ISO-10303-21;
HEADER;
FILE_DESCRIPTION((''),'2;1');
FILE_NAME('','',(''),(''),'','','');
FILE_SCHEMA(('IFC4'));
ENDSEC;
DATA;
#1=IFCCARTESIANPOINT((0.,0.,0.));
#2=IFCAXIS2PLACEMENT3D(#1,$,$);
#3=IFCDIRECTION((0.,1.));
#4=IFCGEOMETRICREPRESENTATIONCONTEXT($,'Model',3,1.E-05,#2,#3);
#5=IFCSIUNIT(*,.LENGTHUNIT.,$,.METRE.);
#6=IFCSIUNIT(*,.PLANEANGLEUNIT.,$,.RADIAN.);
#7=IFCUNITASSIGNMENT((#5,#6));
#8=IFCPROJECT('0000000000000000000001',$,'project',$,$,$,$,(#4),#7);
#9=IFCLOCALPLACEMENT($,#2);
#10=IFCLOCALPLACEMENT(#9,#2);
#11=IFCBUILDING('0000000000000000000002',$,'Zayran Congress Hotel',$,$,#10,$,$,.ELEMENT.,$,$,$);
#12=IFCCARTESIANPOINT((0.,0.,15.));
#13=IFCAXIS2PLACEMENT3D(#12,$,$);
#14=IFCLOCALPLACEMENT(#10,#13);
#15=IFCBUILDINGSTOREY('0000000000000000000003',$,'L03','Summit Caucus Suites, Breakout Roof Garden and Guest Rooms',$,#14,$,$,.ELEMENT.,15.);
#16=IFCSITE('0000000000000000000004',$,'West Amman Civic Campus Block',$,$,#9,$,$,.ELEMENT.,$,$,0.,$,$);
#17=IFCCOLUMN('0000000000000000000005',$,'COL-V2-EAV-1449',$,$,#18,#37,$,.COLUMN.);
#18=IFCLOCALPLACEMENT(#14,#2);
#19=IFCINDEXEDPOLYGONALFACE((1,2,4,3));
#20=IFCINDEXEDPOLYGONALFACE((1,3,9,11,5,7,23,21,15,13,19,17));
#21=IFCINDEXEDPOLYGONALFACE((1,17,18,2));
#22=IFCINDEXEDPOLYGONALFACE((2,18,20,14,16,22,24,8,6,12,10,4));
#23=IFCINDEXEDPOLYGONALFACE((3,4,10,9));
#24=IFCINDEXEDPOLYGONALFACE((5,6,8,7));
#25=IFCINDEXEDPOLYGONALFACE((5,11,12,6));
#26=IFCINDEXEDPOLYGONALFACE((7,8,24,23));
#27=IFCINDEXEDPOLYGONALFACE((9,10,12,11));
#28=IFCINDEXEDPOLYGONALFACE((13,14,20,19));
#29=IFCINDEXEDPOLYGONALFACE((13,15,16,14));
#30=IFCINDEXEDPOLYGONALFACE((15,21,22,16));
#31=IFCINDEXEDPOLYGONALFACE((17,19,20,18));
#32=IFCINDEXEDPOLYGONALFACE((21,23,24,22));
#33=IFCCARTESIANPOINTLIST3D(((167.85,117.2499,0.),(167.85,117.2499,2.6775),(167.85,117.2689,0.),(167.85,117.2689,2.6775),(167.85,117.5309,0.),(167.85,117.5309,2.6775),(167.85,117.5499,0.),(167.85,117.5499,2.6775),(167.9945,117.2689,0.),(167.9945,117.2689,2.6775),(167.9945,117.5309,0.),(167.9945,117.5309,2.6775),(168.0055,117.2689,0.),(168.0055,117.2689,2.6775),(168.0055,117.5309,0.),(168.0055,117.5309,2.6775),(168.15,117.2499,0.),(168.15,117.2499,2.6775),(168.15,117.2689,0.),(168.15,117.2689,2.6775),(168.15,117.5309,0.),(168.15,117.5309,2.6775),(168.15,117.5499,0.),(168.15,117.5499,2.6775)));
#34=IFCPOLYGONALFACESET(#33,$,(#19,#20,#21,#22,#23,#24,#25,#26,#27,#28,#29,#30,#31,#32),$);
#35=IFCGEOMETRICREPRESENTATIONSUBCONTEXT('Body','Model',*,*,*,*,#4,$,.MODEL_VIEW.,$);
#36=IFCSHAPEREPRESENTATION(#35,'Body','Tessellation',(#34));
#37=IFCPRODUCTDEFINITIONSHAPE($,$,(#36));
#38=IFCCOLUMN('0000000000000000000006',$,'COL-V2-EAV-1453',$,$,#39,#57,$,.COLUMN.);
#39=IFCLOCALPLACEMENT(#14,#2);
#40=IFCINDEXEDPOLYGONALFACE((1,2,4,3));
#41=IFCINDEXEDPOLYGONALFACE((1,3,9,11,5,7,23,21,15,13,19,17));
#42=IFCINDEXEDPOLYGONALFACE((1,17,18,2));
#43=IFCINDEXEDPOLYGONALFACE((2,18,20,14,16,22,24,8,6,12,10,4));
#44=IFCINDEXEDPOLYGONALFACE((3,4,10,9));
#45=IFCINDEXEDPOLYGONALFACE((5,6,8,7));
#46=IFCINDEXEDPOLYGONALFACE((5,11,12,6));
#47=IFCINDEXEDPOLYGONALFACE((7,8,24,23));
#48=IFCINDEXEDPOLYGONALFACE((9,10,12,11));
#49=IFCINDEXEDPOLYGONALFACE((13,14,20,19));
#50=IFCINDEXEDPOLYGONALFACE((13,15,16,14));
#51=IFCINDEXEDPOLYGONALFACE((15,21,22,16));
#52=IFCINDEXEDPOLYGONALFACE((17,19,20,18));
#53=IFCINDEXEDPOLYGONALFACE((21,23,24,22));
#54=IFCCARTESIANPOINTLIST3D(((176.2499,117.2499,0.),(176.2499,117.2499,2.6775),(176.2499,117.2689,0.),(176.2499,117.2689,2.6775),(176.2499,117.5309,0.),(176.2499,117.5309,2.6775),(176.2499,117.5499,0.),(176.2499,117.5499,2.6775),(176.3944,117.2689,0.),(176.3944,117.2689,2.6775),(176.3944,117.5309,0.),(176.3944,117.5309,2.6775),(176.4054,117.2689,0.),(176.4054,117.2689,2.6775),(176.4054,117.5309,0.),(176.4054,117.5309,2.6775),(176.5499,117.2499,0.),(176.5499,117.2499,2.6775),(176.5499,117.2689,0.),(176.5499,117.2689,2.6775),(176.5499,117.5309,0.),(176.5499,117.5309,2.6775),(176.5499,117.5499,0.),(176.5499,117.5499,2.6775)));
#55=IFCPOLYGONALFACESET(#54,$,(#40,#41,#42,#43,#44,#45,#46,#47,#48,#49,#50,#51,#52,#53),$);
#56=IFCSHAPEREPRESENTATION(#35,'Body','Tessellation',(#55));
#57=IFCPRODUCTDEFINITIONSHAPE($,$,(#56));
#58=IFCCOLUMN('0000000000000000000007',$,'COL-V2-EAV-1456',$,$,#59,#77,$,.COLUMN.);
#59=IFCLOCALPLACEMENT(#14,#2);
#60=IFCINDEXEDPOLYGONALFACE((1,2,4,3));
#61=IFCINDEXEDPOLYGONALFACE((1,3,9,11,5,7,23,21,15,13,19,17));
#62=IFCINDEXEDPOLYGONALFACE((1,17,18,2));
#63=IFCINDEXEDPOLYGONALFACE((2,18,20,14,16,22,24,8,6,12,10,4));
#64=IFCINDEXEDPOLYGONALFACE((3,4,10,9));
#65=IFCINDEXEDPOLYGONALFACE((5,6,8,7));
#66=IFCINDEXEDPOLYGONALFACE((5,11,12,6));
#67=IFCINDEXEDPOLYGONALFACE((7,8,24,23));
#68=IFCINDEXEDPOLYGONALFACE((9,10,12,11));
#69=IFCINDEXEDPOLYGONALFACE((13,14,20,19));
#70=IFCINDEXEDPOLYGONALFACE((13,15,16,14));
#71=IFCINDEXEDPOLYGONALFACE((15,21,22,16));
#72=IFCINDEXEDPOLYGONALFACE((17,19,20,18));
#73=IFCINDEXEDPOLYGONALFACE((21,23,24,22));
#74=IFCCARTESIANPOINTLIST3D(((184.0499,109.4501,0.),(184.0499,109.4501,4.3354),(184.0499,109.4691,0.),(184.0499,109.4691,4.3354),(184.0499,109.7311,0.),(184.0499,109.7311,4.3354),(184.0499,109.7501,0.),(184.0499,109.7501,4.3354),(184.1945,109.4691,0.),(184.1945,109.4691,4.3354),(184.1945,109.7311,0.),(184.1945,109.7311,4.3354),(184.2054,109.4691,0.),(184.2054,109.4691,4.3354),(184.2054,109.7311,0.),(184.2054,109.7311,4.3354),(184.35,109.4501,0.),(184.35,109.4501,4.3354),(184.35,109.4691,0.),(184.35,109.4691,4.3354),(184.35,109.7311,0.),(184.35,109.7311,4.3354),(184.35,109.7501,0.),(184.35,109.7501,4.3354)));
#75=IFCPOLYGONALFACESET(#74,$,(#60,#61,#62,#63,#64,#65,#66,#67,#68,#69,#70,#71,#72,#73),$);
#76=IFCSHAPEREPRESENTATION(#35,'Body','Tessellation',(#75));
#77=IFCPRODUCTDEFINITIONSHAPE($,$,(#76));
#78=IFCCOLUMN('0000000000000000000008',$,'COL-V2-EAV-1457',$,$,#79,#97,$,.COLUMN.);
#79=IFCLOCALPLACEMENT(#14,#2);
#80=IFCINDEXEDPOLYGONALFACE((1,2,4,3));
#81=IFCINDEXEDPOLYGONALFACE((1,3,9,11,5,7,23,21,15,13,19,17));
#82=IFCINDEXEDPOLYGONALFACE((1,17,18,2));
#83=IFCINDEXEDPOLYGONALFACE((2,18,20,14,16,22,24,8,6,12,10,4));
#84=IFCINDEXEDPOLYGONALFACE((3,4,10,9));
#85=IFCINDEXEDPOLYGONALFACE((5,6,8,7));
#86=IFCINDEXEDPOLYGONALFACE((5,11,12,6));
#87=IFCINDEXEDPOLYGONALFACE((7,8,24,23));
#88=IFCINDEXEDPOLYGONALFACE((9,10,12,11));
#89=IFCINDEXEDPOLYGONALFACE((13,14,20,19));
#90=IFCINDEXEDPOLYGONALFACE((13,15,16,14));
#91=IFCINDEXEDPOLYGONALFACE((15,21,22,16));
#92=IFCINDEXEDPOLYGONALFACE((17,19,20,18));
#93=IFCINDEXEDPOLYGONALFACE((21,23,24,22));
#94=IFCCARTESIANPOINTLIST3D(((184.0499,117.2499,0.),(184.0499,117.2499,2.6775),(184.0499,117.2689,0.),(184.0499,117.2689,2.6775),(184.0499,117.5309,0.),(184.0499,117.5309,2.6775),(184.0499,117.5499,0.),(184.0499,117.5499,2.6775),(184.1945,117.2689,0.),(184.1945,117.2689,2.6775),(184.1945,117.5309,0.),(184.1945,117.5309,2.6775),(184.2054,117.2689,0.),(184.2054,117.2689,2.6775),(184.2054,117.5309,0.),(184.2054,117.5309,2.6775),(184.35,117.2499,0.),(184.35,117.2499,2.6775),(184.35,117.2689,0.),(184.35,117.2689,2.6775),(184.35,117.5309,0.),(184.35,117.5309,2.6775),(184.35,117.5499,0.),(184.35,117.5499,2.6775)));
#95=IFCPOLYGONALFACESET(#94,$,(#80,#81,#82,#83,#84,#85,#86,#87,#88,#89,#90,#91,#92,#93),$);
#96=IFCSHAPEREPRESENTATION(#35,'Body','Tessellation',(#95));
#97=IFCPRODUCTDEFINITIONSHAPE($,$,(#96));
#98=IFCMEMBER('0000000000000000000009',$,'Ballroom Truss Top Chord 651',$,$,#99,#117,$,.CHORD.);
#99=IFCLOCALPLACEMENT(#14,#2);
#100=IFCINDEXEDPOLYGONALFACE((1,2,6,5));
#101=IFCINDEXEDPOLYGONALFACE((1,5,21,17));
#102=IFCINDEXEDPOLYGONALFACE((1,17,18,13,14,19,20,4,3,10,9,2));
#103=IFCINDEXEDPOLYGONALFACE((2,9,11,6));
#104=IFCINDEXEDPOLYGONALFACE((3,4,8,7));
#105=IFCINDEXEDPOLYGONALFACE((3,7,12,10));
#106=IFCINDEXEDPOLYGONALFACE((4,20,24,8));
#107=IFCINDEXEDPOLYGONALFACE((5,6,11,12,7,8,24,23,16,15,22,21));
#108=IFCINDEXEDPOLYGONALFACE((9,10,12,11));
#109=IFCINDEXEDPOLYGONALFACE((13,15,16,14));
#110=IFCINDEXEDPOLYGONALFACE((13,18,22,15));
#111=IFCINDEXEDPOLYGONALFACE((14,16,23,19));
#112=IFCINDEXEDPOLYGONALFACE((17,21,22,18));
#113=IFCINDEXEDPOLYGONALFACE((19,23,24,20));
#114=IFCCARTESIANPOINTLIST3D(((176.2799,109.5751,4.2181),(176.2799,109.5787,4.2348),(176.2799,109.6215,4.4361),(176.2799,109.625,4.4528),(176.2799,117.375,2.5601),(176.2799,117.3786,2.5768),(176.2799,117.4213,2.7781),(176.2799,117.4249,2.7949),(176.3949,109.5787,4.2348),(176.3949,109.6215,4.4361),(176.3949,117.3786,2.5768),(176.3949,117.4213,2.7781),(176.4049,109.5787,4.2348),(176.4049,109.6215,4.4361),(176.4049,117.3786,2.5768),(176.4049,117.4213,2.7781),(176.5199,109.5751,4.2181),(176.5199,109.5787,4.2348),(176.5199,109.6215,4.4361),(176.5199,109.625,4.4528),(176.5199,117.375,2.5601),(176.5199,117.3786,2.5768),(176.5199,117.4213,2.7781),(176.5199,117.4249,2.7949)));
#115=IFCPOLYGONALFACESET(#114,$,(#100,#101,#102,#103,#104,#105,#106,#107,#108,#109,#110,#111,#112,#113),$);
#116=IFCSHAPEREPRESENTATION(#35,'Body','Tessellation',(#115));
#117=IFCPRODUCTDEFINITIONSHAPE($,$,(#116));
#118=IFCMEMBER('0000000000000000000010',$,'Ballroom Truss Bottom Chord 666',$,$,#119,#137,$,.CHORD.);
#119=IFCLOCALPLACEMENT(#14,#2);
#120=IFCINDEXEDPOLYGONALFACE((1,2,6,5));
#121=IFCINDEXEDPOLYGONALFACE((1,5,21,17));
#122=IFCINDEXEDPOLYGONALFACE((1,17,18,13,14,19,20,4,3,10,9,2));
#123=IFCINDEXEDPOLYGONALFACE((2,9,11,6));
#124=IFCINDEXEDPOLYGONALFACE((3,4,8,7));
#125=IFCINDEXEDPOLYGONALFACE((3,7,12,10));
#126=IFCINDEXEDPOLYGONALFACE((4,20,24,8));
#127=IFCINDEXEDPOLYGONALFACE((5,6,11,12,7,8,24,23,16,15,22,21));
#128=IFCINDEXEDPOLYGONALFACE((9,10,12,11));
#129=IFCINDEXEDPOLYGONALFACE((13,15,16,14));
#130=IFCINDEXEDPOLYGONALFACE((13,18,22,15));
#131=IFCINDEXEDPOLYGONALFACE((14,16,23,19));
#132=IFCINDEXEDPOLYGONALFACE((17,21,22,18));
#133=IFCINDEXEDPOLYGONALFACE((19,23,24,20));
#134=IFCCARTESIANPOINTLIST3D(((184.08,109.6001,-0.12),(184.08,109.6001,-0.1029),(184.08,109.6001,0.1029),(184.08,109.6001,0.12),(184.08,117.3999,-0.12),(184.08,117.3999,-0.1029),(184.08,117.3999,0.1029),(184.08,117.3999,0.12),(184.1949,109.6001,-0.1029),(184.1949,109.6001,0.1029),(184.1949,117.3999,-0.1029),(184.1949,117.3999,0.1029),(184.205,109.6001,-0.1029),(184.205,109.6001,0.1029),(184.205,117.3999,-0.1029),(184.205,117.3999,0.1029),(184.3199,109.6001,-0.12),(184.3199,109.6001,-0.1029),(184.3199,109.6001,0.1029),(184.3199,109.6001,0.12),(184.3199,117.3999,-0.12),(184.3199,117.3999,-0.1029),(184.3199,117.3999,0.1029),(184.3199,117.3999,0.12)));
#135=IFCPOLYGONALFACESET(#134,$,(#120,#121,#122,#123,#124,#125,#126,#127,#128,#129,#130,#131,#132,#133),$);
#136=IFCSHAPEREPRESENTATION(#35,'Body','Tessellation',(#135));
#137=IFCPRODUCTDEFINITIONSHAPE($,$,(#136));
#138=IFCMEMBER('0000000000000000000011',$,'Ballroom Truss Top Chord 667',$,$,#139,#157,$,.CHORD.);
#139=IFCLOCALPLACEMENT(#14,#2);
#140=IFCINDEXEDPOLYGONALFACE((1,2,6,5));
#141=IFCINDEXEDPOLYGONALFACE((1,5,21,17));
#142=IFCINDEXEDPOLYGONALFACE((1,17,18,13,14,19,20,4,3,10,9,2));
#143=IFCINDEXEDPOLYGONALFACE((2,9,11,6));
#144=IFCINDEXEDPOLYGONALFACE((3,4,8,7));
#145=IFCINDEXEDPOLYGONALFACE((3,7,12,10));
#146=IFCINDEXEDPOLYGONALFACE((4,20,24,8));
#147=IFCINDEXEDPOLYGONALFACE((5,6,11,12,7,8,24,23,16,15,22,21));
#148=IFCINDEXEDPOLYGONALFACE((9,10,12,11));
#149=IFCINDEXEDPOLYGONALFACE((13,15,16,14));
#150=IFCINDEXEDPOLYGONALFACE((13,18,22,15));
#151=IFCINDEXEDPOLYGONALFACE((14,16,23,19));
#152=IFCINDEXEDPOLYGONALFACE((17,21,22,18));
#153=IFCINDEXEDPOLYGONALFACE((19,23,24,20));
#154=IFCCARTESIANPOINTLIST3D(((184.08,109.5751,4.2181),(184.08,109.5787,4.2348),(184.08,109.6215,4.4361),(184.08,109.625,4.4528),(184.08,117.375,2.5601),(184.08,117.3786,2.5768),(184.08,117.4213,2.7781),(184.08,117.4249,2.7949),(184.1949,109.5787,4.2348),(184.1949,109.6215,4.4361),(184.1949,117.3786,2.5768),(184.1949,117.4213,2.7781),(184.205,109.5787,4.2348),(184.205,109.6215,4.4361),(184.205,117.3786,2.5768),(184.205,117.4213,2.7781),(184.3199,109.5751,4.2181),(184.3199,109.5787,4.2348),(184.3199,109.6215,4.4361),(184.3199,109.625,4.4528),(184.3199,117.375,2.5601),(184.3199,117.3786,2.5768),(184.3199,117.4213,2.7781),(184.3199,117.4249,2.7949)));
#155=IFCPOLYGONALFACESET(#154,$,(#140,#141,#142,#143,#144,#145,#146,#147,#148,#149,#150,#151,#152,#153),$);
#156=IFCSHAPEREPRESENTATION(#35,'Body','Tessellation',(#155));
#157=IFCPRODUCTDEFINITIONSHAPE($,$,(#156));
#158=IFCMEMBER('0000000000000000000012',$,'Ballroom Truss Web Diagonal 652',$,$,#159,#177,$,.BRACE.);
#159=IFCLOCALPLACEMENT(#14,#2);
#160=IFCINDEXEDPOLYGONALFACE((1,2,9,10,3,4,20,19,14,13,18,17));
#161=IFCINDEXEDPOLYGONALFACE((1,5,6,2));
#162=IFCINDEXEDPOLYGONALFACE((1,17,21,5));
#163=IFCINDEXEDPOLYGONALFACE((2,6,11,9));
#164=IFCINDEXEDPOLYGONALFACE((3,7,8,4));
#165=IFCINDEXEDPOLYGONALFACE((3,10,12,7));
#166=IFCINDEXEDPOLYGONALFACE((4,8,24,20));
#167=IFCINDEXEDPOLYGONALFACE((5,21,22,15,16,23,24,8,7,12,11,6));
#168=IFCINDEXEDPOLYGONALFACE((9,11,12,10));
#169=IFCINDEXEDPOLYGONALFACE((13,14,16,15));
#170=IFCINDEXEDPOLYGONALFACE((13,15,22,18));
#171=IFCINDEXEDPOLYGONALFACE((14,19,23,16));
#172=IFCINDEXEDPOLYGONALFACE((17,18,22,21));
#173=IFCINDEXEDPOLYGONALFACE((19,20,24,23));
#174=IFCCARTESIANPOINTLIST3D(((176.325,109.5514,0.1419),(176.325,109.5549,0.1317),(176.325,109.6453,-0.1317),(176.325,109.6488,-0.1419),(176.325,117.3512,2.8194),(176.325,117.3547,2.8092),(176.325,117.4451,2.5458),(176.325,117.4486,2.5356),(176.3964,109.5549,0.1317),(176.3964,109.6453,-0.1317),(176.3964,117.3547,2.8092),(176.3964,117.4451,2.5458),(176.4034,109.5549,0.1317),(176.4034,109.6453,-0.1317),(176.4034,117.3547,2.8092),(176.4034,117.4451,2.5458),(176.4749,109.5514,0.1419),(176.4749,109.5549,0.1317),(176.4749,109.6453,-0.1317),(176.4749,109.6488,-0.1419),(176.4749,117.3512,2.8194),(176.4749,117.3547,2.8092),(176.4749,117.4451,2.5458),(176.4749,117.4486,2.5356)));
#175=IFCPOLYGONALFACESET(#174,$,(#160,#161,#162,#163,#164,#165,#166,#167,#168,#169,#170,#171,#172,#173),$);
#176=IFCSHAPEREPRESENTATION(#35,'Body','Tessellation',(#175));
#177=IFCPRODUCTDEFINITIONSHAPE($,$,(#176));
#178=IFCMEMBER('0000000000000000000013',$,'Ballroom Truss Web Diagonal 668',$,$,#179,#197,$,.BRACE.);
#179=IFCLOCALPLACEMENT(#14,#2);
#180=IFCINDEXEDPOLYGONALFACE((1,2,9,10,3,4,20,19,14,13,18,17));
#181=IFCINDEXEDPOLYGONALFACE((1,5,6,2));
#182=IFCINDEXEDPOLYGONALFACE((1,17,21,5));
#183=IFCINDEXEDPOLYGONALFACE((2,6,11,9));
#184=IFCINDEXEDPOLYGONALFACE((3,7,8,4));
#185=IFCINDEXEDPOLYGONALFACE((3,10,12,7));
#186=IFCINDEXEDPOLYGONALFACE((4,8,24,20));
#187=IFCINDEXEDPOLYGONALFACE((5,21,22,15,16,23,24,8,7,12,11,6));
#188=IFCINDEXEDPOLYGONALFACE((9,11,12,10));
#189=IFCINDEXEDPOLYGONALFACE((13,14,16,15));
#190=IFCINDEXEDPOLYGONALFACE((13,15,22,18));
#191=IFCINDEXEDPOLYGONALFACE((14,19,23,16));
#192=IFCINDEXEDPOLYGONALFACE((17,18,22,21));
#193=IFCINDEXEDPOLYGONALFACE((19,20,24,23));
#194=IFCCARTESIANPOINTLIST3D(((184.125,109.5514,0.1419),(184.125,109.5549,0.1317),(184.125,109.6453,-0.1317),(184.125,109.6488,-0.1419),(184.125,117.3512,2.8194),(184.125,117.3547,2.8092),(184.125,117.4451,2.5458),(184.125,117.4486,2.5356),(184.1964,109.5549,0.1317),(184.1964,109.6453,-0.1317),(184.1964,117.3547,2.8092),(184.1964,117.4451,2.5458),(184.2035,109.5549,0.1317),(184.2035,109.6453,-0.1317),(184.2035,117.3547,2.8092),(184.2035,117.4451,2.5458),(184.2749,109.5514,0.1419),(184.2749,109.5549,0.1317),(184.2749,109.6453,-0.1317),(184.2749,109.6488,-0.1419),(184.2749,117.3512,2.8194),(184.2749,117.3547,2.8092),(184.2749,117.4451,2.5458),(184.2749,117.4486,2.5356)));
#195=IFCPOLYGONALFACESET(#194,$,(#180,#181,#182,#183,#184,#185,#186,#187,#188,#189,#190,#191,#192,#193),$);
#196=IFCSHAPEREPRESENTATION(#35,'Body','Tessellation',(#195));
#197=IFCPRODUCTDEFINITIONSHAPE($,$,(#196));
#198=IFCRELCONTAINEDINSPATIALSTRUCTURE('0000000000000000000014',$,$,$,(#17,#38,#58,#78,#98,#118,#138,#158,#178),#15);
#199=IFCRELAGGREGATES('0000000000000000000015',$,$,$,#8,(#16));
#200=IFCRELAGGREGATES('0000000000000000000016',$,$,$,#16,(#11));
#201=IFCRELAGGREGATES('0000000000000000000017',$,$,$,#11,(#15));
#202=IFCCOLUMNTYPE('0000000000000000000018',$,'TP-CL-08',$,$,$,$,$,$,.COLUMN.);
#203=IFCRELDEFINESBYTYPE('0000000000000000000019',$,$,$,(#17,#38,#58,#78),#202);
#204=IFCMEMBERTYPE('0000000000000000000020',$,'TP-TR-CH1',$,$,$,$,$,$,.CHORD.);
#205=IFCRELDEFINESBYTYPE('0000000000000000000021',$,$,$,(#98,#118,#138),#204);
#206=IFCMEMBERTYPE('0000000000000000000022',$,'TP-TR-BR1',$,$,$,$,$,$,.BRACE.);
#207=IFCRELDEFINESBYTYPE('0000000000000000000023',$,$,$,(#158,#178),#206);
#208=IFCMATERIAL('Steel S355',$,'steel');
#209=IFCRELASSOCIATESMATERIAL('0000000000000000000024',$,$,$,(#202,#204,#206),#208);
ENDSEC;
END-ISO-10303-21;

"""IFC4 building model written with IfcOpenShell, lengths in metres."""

from ifc_helpers import new_model, si_unit, direction, frame, origin, origin_2d, place, context, subcontext, project, spatial, i_section, extrude, material, material_profile, profile_set, type_object, element, save


model = new_model("IFC4")

# Units and contexts
model_context = context("Model", 3, precision=1e-05, world=origin(), true_north=direction((0.0, 1.0)))
body_context = subcontext(model_context, "Body", "Model", "MODEL_VIEW")
ifc_project = project(units=[si_unit("LENGTHUNIT", "METRE"), si_unit("PLANEANGLEUNIT", "RADIAN")], contexts=[model_context])

# Site, building, storey
site_placement = place(None, origin())
site = spatial("IfcSite", under=ifc_project, at=site_placement, Name="West Amman Civic Campus Block", CompositionType="ELEMENT", RefElevation=0.0)
building_placement = place(site_placement, origin())
building = spatial("IfcBuilding", under=site, at=building_placement, Name="Zayran Congress Hotel", CompositionType="ELEMENT")
storey_placement = place(building_placement, frame((0.0, 0.0, 15.0)))
storey = spatial("IfcBuildingStorey", under=building, at=storey_placement, Name="L03", Description="Summit Caucus Suites, Breakout Roof Garden and Guest Rooms", CompositionType="ELEMENT", Elevation=15.0)

# Columns
ifc_material_1 = material(Name="Steel S355", Category="steel")
ifc_material_profile_1 = material_profile(ifc_material_1, i_section(OverallWidth=0.3, OverallDepth=0.3, WebThickness=0.011, FlangeThickness=0.019, at=origin_2d()), Name="HEB 300")
ifc_profile_set_1 = profile_set([ifc_material_profile_1], Name="Steel S355")
column_type = type_object("IfcColumnType", Name="TP-CL-08", PredefinedType="COLUMN", material=ifc_profile_set_1)
for number, where, z_axis, x_axis, name in (
    (1, (168.0, 117.3999, 0.0), (0.0, 0.0, 1.0), (1.0, 0.0, 0.0), "COL-V2-EAV-1449"),
    (2, (176.3999, 117.3999, 0.0), (0.0, 0.0, 1.0), (1.0, 0.0, 0.0), "COL-V2-EAV-1453"),
):
    element("IfcColumn", number, at=place(storey_placement, frame(where, z_axis=z_axis, x_axis=x_axis)), inside=storey, type_object=column_type, Name=name, PredefinedType="COLUMN", context=body_context, shape_type="SweptSolid", body=[
        extrude(i_section(OverallWidth=0.3, OverallDepth=0.3, WebThickness=0.011, FlangeThickness=0.019, at=origin_2d()), origin(), (0.0, 0.0, 1.0), 2.6775),
    ])
column_1_placement = place(storey_placement, frame((184.2, 109.6001, 0.0), z_axis=(0.0, 0.0, 1.0), x_axis=(1.0, 0.0, 0.0)))
element("IfcColumn", 3, at=column_1_placement, inside=storey, type_object=column_type, Name="COL-V2-EAV-1456", PredefinedType="COLUMN", context=body_context, shape_type="SweptSolid", body=[
    extrude(i_section(OverallWidth=0.3, OverallDepth=0.3, WebThickness=0.011, FlangeThickness=0.019, at=origin_2d()), origin(), (0.0, 0.0, 1.0), 4.3354),
])
column_2_placement = place(storey_placement, frame((184.2, 117.3999, 0.0), z_axis=(0.0, 0.0, 1.0), x_axis=(1.0, 0.0, 0.0)))
element("IfcColumn", 4, at=column_2_placement, inside=storey, type_object=column_type, Name="COL-V2-EAV-1457", PredefinedType="COLUMN", context=body_context, shape_type="SweptSolid", body=[
    extrude(i_section(OverallWidth=0.3, OverallDepth=0.3, WebThickness=0.011, FlangeThickness=0.019, at=origin_2d()), origin(), (0.0, 0.0, 1.0), 2.6775),
])

# Members
ifc_material_profile_2 = material_profile(ifc_material_1, i_section(OverallWidth=0.24, OverallDepth=0.24, WebThickness=0.01, FlangeThickness=0.0171, at=origin_2d()), Name="HEB 240")
ifc_profile_set_2 = profile_set([ifc_material_profile_2], Name="Steel S355")
member_type_1 = type_object("IfcMemberType", Name="TP-TR-CH1", PredefinedType="CHORD", material=ifc_profile_set_2)
member_1_placement = place(storey_placement, frame((176.3999, 109.6001, 4.3354), z_axis=(0.0, 0.978146, -0.207919), x_axis=(-1.0, 0.0, 0.0)))
element("IfcMember", 5, at=member_1_placement, inside=storey, type_object=member_type_1, Name="Ballroom Truss Top Chord 651", PredefinedType="CHORD", context=body_context, shape_type="SweptSolid", body=[
    extrude(i_section(OverallWidth=0.24, OverallDepth=0.24, WebThickness=0.01, FlangeThickness=0.0171, at=origin_2d()), origin(), (0.0, 0.0, 1.0), 7.9741),
])
member_2_placement = place(storey_placement, frame((184.2, 109.6001, 0.0), z_axis=(0.0, 1.0, 0.0), x_axis=(-1.0, 0.0, 0.0)))
element("IfcMember", 6, at=member_2_placement, inside=storey, type_object=member_type_1, Name="Ballroom Truss Bottom Chord 666", PredefinedType="CHORD", context=body_context, shape_type="SweptSolid", body=[
    extrude(i_section(OverallWidth=0.24, OverallDepth=0.24, WebThickness=0.01, FlangeThickness=0.0171, at=origin_2d()), origin(), (0.0, 0.0, 1.0), 7.7998),
])
member_3_placement = place(storey_placement, frame((184.2, 109.6001, 4.3354), z_axis=(0.0, 0.978146, -0.207919), x_axis=(-1.0, 0.0, 0.0)))
element("IfcMember", 7, at=member_3_placement, inside=storey, type_object=member_type_1, Name="Ballroom Truss Top Chord 667", PredefinedType="CHORD", context=body_context, shape_type="SweptSolid", body=[
    extrude(i_section(OverallWidth=0.24, OverallDepth=0.24, WebThickness=0.01, FlangeThickness=0.0171, at=origin_2d()), origin(), (0.0, 0.0, 1.0), 7.9741),
])
ifc_material_profile_3 = material_profile(ifc_material_1, i_section(OverallWidth=0.1499, OverallDepth=0.3, WebThickness=0.0071, FlangeThickness=0.0107, at=origin_2d()), Name="IPE 300")
ifc_profile_set_3 = profile_set([ifc_material_profile_3], Name="Steel S355")
member_type_2 = type_object("IfcMemberType", Name="TP-TR-BR1", PredefinedType="BRACE", material=ifc_profile_set_3)
for number, where, z_axis, x_axis, name in (
    (8, (176.3999, 109.6001, 0.0), (0.0, 0.945824, 0.324679), (-1.0, 0.0, 0.0), "Ballroom Truss Web Diagonal 652"),
    (9, (184.2, 109.6001, 0.0), (0.0, 0.945824, 0.324679), (-1.0, 0.0, 0.0), "Ballroom Truss Web Diagonal 668"),
):
    element("IfcMember", number, at=place(storey_placement, frame(where, z_axis=z_axis, x_axis=x_axis)), inside=storey, type_object=member_type_2, Name=name, PredefinedType="BRACE", context=body_context, shape_type="SweptSolid", body=[
        extrude(i_section(OverallWidth=0.1499, OverallDepth=0.3, WebThickness=0.0071, FlangeThickness=0.0107, at=origin_2d()), origin(), (0.0, 0.0, 1.0), 8.2466),
    ])

save(model, "model.ifc")
